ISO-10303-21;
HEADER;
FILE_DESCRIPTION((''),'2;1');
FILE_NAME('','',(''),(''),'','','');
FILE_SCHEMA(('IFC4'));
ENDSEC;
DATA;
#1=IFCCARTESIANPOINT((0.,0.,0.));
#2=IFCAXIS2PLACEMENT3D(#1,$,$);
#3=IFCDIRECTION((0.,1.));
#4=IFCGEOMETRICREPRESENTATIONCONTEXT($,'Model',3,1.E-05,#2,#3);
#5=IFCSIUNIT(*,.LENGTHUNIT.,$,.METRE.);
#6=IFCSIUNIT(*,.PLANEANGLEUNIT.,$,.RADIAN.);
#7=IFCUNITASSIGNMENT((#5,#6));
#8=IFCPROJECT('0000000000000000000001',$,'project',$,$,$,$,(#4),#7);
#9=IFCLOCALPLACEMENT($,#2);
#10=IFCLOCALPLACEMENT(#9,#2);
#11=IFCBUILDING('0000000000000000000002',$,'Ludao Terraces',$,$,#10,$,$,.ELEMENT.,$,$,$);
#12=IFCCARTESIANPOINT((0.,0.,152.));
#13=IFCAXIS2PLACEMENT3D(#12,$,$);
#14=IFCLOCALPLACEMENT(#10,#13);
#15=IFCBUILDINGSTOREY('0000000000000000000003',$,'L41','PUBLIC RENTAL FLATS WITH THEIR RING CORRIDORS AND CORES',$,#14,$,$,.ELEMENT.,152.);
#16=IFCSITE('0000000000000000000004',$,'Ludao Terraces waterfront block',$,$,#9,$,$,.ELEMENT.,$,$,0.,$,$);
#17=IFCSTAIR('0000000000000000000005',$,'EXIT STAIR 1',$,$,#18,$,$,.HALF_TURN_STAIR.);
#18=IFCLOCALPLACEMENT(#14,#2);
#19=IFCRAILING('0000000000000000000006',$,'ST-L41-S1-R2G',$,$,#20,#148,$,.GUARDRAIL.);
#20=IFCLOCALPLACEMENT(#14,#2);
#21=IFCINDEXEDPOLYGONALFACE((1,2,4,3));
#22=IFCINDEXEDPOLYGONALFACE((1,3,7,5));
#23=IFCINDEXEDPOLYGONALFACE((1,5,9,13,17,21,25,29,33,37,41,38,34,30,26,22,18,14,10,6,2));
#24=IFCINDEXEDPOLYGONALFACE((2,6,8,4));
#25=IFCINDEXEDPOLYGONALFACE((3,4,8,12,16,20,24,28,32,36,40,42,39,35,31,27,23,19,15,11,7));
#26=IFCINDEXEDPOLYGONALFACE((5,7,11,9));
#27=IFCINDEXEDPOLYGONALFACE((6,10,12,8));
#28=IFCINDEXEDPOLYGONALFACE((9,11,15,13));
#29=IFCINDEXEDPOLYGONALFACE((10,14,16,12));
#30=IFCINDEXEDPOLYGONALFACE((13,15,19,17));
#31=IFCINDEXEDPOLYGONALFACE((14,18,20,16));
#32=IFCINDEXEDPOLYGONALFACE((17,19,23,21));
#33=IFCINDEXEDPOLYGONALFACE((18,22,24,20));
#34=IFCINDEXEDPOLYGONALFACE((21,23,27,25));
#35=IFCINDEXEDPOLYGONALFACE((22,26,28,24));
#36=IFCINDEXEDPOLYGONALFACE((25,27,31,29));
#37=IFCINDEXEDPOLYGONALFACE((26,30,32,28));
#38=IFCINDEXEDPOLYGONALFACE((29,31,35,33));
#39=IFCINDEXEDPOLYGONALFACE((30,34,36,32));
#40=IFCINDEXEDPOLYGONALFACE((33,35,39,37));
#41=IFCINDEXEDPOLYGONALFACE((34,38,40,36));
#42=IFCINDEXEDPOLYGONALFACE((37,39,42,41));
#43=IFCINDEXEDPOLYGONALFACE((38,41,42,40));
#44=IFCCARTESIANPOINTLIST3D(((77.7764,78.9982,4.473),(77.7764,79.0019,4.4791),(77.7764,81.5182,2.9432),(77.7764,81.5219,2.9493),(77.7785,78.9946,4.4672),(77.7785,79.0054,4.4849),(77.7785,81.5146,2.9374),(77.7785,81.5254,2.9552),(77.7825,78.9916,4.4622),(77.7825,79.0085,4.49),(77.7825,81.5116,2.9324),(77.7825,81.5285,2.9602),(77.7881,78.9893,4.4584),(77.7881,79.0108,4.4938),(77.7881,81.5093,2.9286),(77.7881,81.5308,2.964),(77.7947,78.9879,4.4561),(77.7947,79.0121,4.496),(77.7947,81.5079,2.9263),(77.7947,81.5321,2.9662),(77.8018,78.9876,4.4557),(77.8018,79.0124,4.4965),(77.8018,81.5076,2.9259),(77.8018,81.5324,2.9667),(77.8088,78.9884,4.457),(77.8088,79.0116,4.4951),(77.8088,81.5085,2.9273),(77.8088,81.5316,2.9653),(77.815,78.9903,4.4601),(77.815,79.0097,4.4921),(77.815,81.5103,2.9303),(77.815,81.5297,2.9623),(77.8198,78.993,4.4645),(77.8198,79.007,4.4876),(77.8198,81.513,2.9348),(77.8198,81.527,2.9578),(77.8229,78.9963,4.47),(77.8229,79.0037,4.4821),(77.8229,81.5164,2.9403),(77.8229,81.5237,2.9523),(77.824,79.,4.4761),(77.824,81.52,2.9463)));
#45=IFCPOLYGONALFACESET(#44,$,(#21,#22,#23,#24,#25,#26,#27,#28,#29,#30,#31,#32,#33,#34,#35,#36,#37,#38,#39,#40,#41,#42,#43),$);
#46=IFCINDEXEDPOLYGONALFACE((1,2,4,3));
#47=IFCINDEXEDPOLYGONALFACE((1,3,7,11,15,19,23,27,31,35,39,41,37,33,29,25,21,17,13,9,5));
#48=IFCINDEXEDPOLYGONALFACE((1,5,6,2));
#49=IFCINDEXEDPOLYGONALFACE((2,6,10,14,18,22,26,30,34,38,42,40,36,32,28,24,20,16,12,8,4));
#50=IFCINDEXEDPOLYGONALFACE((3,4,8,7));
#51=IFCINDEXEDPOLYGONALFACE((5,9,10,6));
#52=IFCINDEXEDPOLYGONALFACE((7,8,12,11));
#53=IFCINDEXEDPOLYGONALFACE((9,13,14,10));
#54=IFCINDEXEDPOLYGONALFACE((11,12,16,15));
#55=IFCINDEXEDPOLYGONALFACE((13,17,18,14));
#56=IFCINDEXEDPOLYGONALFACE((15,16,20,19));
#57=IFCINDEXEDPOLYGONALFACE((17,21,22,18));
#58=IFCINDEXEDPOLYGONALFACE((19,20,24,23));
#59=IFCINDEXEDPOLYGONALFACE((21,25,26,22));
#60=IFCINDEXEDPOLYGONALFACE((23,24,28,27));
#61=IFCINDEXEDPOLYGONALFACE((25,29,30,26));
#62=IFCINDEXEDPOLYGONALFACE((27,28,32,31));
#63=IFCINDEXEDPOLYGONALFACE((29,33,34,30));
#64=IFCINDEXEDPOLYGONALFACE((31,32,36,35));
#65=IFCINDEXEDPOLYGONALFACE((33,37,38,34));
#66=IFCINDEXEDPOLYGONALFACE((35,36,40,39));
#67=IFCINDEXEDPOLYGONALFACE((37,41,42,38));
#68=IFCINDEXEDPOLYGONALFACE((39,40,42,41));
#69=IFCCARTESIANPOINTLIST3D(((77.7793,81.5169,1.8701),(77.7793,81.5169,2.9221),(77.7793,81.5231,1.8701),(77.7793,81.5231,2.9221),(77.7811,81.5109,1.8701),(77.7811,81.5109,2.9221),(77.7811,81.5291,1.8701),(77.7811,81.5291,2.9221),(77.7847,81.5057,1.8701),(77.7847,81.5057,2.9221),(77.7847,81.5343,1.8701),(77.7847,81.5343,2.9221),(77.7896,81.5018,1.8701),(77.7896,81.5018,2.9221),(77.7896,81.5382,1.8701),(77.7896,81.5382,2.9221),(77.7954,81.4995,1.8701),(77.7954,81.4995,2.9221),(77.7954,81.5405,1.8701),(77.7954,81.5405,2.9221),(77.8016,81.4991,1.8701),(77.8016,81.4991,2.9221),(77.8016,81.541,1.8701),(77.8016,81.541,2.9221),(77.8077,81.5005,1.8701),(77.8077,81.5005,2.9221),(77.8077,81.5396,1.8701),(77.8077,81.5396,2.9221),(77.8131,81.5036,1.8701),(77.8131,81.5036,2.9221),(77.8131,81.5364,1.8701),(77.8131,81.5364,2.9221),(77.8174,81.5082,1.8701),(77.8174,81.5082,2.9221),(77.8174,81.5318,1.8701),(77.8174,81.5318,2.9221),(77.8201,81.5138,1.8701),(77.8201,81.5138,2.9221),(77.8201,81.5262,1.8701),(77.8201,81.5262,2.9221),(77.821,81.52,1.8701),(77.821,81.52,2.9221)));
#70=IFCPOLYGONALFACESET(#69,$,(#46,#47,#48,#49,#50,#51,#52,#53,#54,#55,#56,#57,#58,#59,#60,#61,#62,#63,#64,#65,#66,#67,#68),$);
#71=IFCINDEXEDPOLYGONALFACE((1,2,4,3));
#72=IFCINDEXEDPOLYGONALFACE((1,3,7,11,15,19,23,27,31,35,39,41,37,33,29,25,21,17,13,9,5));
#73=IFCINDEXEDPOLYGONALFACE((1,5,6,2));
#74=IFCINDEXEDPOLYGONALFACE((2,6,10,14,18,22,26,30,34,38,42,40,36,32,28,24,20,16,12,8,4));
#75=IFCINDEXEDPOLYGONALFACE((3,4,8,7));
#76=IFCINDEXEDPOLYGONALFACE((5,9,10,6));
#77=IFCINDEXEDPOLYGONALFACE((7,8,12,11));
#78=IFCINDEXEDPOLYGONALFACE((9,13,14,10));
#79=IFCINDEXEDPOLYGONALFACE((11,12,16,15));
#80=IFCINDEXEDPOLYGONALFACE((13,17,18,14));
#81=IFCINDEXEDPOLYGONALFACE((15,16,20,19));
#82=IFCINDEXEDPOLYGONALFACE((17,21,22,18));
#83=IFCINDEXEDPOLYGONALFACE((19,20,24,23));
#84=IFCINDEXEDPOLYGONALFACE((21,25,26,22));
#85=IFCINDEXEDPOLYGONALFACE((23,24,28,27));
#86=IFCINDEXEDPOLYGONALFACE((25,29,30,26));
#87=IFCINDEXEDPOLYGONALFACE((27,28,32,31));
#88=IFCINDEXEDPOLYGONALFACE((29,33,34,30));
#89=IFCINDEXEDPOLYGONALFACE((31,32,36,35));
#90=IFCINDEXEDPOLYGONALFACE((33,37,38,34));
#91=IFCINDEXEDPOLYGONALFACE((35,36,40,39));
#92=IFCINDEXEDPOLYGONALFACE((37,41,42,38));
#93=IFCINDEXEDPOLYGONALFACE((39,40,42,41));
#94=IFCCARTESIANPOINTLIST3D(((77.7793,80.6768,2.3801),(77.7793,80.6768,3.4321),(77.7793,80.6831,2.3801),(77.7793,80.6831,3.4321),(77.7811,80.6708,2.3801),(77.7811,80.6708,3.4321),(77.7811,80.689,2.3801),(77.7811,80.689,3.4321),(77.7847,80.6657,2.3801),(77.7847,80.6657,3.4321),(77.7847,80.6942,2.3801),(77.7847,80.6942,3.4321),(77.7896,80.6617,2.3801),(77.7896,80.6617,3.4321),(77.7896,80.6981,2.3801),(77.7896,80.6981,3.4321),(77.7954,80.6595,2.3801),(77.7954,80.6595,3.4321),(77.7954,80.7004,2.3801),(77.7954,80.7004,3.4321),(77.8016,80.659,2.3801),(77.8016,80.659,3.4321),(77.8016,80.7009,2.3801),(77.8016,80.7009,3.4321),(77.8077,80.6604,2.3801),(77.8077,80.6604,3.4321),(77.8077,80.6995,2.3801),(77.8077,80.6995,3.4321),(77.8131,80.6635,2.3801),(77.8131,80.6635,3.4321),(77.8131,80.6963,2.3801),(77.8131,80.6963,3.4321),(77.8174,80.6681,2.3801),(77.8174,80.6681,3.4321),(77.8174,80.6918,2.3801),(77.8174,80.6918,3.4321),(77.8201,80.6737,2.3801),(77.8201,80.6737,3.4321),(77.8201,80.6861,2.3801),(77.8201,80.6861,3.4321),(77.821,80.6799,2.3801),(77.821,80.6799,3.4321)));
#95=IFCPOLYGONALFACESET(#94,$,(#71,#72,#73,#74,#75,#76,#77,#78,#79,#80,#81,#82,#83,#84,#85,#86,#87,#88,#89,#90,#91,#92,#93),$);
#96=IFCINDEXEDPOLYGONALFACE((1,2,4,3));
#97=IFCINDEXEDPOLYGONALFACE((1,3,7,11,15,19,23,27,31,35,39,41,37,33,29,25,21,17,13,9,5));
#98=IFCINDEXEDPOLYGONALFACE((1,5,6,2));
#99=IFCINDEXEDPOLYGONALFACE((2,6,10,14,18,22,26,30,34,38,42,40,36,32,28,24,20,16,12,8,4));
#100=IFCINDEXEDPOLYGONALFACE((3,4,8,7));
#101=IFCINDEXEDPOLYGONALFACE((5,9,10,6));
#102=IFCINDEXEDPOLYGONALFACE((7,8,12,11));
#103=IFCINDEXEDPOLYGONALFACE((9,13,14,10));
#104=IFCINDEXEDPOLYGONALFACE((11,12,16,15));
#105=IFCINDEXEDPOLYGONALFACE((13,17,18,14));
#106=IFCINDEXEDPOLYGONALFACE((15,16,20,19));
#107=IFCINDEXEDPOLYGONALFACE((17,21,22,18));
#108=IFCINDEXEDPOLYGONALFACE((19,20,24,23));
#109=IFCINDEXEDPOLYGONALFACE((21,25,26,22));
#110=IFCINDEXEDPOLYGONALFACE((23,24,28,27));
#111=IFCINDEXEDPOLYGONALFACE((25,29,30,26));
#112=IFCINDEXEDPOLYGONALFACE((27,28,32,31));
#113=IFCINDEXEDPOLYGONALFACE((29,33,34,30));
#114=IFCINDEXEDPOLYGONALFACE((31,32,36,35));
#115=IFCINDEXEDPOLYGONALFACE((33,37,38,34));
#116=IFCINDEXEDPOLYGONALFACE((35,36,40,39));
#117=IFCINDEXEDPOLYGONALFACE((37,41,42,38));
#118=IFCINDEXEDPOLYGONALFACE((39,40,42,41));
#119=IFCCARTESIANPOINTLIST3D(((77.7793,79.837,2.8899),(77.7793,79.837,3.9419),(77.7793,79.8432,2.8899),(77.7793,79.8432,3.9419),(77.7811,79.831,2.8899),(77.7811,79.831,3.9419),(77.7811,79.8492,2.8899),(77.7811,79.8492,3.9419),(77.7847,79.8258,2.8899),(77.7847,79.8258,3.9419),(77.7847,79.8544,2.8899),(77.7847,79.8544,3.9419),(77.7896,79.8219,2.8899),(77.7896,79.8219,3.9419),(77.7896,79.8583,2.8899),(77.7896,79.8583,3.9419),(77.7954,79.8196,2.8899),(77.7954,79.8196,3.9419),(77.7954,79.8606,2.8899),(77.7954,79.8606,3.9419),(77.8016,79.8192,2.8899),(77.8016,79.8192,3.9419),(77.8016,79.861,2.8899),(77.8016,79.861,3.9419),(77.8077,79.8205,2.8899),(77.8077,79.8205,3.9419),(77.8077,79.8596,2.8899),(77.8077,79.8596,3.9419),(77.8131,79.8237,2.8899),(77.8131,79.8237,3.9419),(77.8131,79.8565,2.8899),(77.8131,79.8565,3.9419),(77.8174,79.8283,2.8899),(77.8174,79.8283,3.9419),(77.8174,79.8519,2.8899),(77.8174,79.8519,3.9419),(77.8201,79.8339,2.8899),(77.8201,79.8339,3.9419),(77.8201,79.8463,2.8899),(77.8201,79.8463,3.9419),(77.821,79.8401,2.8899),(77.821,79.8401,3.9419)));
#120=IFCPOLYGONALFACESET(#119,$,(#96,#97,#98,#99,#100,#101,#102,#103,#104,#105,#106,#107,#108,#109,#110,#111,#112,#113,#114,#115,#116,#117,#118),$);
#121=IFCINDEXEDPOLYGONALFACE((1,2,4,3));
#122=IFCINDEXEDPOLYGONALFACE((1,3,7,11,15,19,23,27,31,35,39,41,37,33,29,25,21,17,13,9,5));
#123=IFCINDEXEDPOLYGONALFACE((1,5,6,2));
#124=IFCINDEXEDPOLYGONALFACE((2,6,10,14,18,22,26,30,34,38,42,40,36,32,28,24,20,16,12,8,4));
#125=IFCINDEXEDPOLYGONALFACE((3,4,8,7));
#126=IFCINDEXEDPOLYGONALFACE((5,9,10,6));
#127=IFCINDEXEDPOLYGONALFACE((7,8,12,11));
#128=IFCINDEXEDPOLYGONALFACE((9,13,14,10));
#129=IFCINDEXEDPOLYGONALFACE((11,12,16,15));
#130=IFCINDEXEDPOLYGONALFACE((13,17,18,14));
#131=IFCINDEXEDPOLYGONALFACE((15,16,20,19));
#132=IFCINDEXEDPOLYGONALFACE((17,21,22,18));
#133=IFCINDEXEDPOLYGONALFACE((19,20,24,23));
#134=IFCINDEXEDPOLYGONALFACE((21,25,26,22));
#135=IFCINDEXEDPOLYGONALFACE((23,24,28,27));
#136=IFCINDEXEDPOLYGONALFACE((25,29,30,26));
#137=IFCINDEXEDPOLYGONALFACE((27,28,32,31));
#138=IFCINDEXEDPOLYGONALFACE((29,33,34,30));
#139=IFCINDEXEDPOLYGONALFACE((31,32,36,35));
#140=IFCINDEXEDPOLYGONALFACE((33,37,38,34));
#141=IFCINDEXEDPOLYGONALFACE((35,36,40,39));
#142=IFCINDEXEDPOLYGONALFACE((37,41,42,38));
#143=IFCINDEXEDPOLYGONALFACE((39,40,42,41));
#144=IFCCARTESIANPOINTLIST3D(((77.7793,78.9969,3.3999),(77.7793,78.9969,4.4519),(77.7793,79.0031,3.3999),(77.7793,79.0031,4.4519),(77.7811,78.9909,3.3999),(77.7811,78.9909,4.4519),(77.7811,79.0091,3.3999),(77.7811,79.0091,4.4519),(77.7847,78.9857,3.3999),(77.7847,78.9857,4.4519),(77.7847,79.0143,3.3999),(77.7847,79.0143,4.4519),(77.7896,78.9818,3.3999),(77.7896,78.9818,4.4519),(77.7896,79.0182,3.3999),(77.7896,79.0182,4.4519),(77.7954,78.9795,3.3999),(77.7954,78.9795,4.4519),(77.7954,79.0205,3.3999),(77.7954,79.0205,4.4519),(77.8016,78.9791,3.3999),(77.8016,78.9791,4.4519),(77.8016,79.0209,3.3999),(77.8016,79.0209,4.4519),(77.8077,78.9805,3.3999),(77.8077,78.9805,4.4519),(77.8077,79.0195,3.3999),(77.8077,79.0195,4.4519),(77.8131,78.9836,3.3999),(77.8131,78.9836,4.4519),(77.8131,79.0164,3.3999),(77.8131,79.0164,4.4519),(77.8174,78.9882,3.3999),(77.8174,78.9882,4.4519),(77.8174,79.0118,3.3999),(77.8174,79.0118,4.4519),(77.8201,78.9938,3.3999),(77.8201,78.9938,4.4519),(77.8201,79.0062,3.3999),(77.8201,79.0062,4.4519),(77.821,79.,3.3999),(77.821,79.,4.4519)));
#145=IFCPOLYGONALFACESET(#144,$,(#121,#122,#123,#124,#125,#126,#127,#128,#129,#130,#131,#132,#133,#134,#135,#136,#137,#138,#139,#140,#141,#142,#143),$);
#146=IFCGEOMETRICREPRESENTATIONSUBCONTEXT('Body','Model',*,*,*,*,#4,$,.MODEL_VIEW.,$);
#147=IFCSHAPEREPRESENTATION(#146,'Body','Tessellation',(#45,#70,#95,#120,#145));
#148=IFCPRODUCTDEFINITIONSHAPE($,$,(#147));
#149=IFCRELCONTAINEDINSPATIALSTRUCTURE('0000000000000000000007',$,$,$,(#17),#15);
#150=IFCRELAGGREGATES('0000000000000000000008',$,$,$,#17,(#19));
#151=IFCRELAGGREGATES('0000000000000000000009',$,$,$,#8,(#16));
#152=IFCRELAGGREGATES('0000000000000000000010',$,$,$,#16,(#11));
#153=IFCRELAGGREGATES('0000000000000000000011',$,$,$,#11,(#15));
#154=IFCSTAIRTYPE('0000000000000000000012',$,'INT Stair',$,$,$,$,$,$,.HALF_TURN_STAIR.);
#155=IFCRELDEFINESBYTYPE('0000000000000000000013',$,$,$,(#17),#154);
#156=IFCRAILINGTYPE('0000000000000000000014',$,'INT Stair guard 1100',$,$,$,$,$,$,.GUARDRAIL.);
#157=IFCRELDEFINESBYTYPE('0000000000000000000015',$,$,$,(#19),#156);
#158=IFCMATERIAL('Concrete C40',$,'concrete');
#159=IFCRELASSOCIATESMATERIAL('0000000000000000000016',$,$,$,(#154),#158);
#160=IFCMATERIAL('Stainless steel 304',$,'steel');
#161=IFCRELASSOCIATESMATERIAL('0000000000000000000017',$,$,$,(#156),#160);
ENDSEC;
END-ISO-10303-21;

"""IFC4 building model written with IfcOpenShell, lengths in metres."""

from ifc_helpers import new_model, si_unit, direction, frame, origin, origin_2d, place, context, subcontext, project, spatial, circle, extrude, material, type_object, element, aggregate, save


model = new_model("IFC4")

# Units and contexts
model_context = context("Model", 3, precision=1e-05, world=origin(), true_north=direction((0.0, 1.0)))
body_context = subcontext(model_context, "Body", "Model", "MODEL_VIEW")
ifc_project = project(units=[si_unit("LENGTHUNIT", "METRE"), si_unit("PLANEANGLEUNIT", "RADIAN")], contexts=[model_context])

# Site, building, storey
site_placement = place(None, origin())
site = spatial("IfcSite", under=ifc_project, at=site_placement, Name="Ludao Terraces waterfront block", CompositionType="ELEMENT", RefElevation=0.0)
building_placement = place(site_placement, origin())
building = spatial("IfcBuilding", under=site, at=building_placement, Name="Ludao Terraces", CompositionType="ELEMENT")
storey_placement = place(building_placement, frame((0.0, 0.0, 152.0)))
storey = spatial("IfcBuildingStorey", under=building, at=storey_placement, Name="L41", Description="PUBLIC RENTAL FLATS WITH THEIR RING CORRIDORS AND CORES", CompositionType="ELEMENT", Elevation=152.0)

# Shared definitions
ifc_material_1 = material(Name="Stainless steel 304", Category="steel")

# Stair, railing
ifc_material_2 = material(Name="Concrete C40", Category="concrete")
stair_type = type_object("IfcStairType", Name="INT Stair", PredefinedType="HALF_TURN_STAIR", material=ifc_material_2)
stair_placement = place(storey_placement, origin())
stair = element("IfcStair", 1, at=stair_placement, inside=storey, type_object=stair_type, Name="EXIT STAIR 1", PredefinedType="HALF_TURN_STAIR")
railing_type_1 = type_object("IfcRailingType", Name="INT Stair guard 1100", PredefinedType="GUARDRAIL", material=ifc_material_1)
railing_1_placement = place(storey_placement, frame((77.8, 81.52, 1.8701)))
railing_1 = element("IfcRailing", 2, at=railing_1_placement, type_object=railing_type_1, Name="ST-L41-S1-R2G", PredefinedType="GUARDRAIL", context=body_context, shape_type="SweptSolid", body=[
    extrude(circle(Radius=0.0239, at=origin_2d()), frame((0.0, 0.0, 1.0762), z_axis=(0.0, -0.854822, 0.518922), x_axis=(1.0, 0.0, 0.0)), (0.0, 0.0, 1.0), 2.948),
    extrude(circle(Radius=0.021, at=origin_2d()), origin(), (0.0, 0.0, 1.0), 1.052),
    extrude(circle(Radius=0.021, at=origin_2d()), frame((0.0, -0.8401, 0.51)), (0.0, 0.0, 1.0), 1.052),
    extrude(circle(Radius=0.021, at=origin_2d()), frame((0.0, -1.6799, 1.0198)), (0.0, 0.0, 1.0), 1.052),
    extrude(circle(Radius=0.021, at=origin_2d()), frame((0.0, -2.52, 1.5298)), (0.0, 0.0, 1.0), 1.052),
])
aggregate(stair, [railing_1])

save(model, "model.ifc")
